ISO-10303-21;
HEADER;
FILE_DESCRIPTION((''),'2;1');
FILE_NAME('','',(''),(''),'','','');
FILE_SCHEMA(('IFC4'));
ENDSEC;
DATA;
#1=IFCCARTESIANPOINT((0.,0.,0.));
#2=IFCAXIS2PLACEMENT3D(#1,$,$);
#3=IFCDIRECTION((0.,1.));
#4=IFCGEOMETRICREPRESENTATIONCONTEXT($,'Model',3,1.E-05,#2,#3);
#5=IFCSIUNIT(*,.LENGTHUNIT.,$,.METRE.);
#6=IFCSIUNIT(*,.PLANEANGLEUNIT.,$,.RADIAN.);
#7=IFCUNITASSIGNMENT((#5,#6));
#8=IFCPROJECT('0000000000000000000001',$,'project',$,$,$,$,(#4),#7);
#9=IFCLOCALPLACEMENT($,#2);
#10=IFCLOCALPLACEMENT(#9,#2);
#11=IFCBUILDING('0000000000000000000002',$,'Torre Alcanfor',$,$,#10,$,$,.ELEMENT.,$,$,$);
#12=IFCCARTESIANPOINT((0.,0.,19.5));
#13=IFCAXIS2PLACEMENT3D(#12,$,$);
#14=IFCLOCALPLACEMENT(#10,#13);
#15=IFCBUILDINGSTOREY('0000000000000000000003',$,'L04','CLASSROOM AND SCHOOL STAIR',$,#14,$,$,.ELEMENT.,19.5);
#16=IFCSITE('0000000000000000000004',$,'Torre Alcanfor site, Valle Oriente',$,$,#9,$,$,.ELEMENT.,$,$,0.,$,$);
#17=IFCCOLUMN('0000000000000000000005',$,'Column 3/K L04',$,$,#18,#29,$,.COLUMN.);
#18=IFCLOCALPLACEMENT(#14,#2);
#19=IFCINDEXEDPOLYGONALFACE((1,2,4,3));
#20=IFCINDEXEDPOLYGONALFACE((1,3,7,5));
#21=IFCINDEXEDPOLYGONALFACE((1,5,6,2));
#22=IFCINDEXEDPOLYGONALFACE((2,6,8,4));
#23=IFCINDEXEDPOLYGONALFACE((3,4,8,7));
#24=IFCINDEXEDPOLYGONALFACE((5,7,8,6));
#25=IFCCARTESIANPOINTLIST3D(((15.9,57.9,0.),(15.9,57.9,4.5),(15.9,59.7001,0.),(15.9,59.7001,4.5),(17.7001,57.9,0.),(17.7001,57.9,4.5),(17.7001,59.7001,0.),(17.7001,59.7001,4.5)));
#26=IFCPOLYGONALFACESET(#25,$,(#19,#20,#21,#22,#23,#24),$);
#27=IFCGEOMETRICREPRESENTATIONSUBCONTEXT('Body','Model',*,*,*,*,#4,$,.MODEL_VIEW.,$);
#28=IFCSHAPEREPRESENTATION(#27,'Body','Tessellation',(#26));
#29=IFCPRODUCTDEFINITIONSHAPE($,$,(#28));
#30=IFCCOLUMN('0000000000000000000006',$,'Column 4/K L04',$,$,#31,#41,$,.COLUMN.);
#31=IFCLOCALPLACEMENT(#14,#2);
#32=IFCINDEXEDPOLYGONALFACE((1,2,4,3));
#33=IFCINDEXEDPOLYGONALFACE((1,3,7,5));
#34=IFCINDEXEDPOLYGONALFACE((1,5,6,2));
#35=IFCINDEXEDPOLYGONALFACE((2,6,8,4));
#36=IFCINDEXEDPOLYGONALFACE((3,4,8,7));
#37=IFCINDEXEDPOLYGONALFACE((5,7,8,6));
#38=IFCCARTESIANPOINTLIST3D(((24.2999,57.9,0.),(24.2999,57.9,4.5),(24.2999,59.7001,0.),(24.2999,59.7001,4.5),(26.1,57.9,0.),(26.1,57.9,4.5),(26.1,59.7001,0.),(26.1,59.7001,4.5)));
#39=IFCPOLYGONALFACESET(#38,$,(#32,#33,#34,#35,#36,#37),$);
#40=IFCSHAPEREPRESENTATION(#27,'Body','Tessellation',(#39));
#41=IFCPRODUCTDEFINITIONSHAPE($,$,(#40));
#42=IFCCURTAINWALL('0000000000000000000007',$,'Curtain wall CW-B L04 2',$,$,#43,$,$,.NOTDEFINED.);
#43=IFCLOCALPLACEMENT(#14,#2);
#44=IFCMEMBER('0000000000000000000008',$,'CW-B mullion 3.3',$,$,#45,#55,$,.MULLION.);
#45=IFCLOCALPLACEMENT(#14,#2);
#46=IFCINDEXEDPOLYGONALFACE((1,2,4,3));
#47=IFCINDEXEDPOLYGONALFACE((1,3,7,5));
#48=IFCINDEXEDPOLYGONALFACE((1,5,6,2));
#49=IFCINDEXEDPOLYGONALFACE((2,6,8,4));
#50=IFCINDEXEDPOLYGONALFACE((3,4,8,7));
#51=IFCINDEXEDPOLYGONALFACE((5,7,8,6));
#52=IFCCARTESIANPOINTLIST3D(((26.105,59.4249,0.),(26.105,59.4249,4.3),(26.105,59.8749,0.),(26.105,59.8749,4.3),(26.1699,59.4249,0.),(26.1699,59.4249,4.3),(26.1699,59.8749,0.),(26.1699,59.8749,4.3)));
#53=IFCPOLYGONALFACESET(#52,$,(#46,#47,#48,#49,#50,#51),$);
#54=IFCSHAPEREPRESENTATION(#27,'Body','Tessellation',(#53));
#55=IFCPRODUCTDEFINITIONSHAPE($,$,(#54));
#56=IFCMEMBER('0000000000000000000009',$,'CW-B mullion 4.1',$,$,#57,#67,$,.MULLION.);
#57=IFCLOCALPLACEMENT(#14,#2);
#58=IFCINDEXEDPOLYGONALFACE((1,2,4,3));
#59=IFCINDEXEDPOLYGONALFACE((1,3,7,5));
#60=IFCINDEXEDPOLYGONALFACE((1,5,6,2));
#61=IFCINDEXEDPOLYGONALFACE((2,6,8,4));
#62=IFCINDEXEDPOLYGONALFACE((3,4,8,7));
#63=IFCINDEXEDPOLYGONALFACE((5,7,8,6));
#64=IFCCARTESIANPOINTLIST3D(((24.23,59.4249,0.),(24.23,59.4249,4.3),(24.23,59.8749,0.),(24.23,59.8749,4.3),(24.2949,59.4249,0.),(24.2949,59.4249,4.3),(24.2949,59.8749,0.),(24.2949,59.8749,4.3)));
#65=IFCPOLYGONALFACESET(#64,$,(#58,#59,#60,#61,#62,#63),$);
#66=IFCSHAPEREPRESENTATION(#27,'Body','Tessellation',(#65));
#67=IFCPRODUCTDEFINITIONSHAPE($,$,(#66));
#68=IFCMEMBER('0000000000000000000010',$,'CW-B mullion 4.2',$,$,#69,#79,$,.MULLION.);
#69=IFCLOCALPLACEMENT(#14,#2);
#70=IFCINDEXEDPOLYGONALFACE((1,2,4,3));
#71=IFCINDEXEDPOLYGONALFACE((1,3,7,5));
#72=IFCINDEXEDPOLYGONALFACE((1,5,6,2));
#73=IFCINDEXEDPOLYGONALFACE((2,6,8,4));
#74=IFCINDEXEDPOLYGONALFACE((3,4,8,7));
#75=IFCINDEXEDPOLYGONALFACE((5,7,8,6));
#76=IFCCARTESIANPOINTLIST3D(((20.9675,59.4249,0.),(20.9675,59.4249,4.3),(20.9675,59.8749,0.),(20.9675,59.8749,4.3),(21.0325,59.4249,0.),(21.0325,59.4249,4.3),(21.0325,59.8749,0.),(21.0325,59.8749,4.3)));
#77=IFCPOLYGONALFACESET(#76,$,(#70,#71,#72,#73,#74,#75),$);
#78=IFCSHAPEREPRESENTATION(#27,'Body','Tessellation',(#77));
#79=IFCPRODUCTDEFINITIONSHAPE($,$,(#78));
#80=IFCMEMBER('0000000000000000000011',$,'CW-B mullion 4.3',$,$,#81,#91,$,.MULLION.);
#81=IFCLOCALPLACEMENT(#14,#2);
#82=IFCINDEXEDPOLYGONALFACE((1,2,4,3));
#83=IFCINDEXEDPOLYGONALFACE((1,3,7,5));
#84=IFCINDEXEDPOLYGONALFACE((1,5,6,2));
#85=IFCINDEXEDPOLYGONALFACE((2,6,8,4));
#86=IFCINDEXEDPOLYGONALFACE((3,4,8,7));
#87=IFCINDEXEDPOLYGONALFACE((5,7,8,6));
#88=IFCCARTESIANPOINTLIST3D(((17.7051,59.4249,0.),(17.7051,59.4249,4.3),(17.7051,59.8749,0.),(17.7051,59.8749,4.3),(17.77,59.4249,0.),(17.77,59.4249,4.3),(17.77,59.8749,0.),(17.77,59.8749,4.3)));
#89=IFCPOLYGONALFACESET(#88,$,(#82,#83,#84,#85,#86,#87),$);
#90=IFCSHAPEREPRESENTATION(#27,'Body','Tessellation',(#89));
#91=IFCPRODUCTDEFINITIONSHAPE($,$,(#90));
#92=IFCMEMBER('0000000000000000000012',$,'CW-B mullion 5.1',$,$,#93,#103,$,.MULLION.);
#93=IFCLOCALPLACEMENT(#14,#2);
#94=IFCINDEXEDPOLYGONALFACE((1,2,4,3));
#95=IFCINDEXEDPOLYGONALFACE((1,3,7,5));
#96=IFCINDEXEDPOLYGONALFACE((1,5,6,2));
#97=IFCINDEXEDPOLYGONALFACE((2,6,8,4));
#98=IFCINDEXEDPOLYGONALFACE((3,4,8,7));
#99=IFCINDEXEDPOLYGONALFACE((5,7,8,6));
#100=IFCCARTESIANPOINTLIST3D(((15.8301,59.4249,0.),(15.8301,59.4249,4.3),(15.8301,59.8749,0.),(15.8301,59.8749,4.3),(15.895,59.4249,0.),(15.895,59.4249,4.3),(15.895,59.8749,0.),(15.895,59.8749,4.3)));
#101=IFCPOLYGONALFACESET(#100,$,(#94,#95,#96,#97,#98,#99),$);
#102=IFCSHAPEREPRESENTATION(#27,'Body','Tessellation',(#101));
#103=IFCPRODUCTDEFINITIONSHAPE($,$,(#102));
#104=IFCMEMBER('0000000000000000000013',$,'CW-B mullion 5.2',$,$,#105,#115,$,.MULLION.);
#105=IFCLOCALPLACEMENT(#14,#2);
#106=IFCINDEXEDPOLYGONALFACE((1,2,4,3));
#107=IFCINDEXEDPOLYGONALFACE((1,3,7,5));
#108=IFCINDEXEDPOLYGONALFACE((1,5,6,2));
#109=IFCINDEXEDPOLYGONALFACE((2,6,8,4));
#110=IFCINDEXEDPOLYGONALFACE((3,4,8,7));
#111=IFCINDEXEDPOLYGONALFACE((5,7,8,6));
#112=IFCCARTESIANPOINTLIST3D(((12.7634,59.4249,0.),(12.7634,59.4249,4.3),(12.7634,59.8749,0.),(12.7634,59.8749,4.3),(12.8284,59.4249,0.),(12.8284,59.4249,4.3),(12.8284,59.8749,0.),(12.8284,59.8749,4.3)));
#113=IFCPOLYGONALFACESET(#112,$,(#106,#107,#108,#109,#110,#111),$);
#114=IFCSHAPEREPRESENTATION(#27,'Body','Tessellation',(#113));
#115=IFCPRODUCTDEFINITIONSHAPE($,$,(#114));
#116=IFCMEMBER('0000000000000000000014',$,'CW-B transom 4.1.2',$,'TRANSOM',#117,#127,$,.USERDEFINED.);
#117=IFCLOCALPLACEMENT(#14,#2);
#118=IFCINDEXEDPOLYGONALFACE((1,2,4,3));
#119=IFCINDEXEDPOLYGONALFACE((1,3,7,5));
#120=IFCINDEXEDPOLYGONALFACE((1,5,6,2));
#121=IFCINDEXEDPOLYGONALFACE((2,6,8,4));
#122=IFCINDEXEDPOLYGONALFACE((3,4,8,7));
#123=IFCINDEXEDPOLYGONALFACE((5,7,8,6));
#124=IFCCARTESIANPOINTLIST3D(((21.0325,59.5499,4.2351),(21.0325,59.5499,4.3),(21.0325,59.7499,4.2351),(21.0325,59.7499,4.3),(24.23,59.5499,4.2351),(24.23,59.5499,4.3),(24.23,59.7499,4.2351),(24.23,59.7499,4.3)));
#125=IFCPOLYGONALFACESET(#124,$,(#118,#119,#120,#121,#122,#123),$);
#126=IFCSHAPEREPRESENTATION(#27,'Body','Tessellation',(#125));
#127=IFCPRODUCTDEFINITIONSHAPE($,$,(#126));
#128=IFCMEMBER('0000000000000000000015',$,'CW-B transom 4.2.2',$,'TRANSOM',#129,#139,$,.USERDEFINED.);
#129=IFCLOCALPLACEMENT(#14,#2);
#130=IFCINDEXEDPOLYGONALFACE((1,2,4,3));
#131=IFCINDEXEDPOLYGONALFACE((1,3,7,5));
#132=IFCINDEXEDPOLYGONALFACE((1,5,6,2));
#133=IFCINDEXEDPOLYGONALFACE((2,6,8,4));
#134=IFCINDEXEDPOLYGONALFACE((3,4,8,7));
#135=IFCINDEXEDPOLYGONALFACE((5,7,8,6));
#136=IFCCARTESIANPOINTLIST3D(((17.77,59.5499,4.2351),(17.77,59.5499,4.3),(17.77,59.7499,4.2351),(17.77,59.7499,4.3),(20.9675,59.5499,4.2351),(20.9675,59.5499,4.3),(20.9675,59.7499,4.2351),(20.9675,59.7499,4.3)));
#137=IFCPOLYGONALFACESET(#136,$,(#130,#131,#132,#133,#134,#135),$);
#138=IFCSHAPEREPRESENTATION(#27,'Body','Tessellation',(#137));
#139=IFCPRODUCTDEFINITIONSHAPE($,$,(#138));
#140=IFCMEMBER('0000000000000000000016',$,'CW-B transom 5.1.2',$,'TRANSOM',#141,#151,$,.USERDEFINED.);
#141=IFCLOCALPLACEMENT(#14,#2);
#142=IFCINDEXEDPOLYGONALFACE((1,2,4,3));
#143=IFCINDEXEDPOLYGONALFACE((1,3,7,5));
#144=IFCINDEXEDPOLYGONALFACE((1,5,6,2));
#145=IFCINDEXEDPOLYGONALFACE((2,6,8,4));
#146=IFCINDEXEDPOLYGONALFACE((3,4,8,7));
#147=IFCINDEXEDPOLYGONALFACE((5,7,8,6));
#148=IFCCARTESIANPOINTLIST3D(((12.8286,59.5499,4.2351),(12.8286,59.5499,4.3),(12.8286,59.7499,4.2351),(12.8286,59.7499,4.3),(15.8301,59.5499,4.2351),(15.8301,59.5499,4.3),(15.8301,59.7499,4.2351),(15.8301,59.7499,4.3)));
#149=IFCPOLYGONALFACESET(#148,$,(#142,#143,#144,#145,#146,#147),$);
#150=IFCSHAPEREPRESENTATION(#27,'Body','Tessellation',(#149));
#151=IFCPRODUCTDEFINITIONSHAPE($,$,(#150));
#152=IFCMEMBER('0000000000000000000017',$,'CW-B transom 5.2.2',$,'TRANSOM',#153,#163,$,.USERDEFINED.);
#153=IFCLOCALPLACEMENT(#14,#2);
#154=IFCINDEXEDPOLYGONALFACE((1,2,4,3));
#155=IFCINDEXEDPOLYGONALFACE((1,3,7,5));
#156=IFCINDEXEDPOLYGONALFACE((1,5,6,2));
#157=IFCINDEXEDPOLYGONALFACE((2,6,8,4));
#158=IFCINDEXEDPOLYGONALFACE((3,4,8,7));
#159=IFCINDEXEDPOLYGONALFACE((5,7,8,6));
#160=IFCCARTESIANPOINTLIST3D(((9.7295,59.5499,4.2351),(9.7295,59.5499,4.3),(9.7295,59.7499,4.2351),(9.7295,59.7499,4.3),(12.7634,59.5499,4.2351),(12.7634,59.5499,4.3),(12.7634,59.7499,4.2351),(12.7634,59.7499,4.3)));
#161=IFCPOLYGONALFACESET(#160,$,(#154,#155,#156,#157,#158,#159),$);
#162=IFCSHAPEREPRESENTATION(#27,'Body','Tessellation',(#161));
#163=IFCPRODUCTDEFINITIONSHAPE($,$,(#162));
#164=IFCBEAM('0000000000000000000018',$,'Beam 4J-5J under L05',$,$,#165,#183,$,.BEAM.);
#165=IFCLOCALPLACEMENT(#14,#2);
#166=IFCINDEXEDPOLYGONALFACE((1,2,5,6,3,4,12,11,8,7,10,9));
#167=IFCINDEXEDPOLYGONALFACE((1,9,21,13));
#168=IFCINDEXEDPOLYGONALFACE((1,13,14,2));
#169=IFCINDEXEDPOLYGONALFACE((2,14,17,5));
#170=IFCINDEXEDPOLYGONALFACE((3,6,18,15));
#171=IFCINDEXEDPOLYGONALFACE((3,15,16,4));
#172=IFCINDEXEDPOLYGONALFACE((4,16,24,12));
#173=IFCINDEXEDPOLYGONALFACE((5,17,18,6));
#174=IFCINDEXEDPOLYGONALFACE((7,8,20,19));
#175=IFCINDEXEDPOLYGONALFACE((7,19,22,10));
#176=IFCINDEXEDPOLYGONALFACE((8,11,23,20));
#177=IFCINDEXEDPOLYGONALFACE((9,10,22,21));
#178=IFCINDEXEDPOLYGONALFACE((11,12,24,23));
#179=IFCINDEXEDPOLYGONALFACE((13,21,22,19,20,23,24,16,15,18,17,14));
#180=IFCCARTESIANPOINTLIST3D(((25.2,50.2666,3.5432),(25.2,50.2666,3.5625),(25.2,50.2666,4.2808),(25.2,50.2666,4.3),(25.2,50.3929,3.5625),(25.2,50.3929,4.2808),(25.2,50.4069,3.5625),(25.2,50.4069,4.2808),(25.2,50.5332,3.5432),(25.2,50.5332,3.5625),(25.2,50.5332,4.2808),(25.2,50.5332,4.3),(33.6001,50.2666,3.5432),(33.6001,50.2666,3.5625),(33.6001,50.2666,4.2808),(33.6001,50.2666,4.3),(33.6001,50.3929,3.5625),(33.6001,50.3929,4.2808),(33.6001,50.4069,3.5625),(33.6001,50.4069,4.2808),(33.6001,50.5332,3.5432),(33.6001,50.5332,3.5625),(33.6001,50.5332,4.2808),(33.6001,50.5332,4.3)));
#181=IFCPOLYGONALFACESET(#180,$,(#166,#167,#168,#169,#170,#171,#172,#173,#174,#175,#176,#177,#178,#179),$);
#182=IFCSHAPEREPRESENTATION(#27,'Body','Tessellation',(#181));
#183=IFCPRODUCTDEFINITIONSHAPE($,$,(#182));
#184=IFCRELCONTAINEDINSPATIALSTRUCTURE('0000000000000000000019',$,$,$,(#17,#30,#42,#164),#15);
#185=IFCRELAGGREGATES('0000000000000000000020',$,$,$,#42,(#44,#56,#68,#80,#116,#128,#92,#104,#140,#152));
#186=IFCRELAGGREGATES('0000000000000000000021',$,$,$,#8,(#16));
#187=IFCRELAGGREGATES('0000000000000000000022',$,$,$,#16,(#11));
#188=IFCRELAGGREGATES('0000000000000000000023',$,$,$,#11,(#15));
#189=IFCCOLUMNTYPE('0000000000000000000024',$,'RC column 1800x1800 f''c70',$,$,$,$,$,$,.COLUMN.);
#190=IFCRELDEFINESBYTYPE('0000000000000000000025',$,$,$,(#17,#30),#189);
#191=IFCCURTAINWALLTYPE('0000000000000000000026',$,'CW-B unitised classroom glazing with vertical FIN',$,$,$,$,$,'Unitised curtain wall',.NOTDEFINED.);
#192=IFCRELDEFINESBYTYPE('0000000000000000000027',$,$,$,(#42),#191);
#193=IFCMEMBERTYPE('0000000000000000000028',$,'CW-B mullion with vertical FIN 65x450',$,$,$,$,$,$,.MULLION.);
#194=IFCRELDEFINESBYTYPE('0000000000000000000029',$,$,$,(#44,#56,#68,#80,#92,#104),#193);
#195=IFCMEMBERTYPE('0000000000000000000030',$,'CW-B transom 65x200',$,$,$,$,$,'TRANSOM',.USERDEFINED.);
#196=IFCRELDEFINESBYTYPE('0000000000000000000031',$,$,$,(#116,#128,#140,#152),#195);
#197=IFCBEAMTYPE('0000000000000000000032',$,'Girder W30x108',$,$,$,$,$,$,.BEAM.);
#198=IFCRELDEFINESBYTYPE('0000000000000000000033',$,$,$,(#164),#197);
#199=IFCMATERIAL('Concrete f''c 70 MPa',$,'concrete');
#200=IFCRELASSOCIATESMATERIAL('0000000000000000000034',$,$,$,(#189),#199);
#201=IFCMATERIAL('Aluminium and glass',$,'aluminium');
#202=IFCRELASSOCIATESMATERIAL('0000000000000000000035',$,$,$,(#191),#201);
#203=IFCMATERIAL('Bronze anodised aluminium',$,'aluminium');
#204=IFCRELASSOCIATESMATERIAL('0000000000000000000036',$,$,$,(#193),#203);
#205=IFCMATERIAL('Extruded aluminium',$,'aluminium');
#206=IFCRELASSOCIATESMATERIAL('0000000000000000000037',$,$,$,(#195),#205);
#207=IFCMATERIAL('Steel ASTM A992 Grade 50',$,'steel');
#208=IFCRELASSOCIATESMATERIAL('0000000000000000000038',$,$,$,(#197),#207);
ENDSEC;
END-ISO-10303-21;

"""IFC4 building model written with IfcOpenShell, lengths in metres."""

from ifc_helpers import new_model, si_unit, direction, frame, origin, origin_2d, place, context, subcontext, project, spatial, rectangle, i_section, extrude, material, material_profile, profile_set, type_object, element, aggregate, save


model = new_model("IFC4")

# Units and contexts
model_context = context("Model", 3, precision=1e-05, world=origin(), true_north=direction((0.0, 1.0)))
body_context = subcontext(model_context, "Body", "Model", "MODEL_VIEW")
ifc_project = project(units=[si_unit("LENGTHUNIT", "METRE"), si_unit("PLANEANGLEUNIT", "RADIAN")], contexts=[model_context])

# Site, building, storey
site_placement = place(None, origin())
site = spatial("IfcSite", under=ifc_project, at=site_placement, Name="Torre Alcanfor site, Valle Oriente", CompositionType="ELEMENT", RefElevation=0.0)
building_placement = place(site_placement, origin())
building = spatial("IfcBuilding", under=site, at=building_placement, Name="Torre Alcanfor", CompositionType="ELEMENT")
storey_placement = place(building_placement, frame((0.0, 0.0, 19.5)))
storey = spatial("IfcBuildingStorey", under=building, at=storey_placement, Name="L04", Description="CLASSROOM AND SCHOOL STAIR", CompositionType="ELEMENT", Elevation=19.5)

# Columns
ifc_material_1 = material(Name="Concrete f'c 70 MPa", Category="concrete")
ifc_material_profile_1 = material_profile(ifc_material_1, rectangle(XDim=1.8, YDim=1.8, at=origin_2d()), Name="1800x1800")
ifc_profile_set_1 = profile_set([ifc_material_profile_1], Name="Concrete f'c 70 MPa")
column_type = type_object("IfcColumnType", Name="RC column 1800x1800 f'c70", PredefinedType="COLUMN", material=ifc_profile_set_1)
for number, where, z_axis, x_axis, name in (
    (1, (16.8, 58.8, 0.0), (0.0, 0.0, 1.0), (1.0, 0.0, 0.0), "Column 3/K L04"),
    (2, (25.2, 58.8, 0.0), (0.0, 0.0, 1.0), (1.0, 0.0, 0.0), "Column 4/K L04"),
):
    element("IfcColumn", number, at=place(storey_placement, frame(where, z_axis=z_axis, x_axis=x_axis)), inside=storey, type_object=column_type, Name=name, PredefinedType="COLUMN", context=body_context, shape_type="SweptSolid", body=[
        extrude(rectangle(XDim=1.8, YDim=1.8, at=origin_2d()), origin(), (0.0, 0.0, 1.0), 4.5),
    ])

# Curtain wall, members
ifc_material_2 = material(Name="Aluminium and glass", Category="aluminium")
curtain_wall_type = type_object("IfcCurtainWallType", Name="CW-B unitised classroom glazing with vertical FIN", ElementType="Unitised curtain wall", PredefinedType="NOTDEFINED", material=ifc_material_2)
curtain_wall_placement = place(storey_placement, origin())
curtain_wall = element("IfcCurtainWall", 3, at=curtain_wall_placement, inside=storey, type_object=curtain_wall_type, Name="Curtain wall CW-B L04 2", PredefinedType="NOTDEFINED")
ifc_material_3 = material(Name="Bronze anodised aluminium", Category="aluminium")
ifc_material_profile_2 = material_profile(ifc_material_3, rectangle(XDim=0.45, YDim=0.0649, at=origin_2d()), Name="CW-B mullion 65x450")
ifc_profile_set_2 = profile_set([ifc_material_profile_2], Name="Bronze anodised aluminium")
member_type_1 = type_object("IfcMemberType", Name="CW-B mullion with vertical FIN 65x450", PredefinedType="MULLION", material=ifc_profile_set_2)
member_1_placement = place(storey_placement, frame((26.1375, 59.6499, 0.0), z_axis=(0.0, 0.0, 1.0), x_axis=(0.0, -1.0, 0.0)))
member_1 = element("IfcMember", 4, at=member_1_placement, type_object=member_type_1, Name="CW-B mullion 3.3", PredefinedType="MULLION", context=body_context, shape_type="SweptSolid", body=[
    extrude(rectangle(XDim=0.45, YDim=0.0649, at=origin_2d()), origin(), (0.0, 0.0, 1.0), 4.3),
])
member_2_placement = place(storey_placement, frame((24.2625, 59.6499, 0.0), z_axis=(0.0, 0.0, 1.0), x_axis=(0.0, -1.0, 0.0)))
member_2 = element("IfcMember", 5, at=member_2_placement, type_object=member_type_1, Name="CW-B mullion 4.1", PredefinedType="MULLION", context=body_context, shape_type="SweptSolid", body=[
    extrude(rectangle(XDim=0.45, YDim=0.0649, at=origin_2d()), origin(), (0.0, 0.0, 1.0), 4.3),
])
member_3_placement = place(storey_placement, frame((21.0, 59.6499, 0.0), z_axis=(0.0, 0.0, 1.0), x_axis=(0.0, -1.0, 0.0)))
member_3 = element("IfcMember", 6, at=member_3_placement, type_object=member_type_1, Name="CW-B mullion 4.2", PredefinedType="MULLION", context=body_context, shape_type="SweptSolid", body=[
    extrude(rectangle(XDim=0.45, YDim=0.0649, at=origin_2d()), origin(), (0.0, 0.0, 1.0), 4.3),
])
member_4_placement = place(storey_placement, frame((17.7375, 59.6499, 0.0), z_axis=(0.0, 0.0, 1.0), x_axis=(0.0, -1.0, 0.0)))
member_4 = element("IfcMember", 7, at=member_4_placement, type_object=member_type_1, Name="CW-B mullion 4.3", PredefinedType="MULLION", context=body_context, shape_type="SweptSolid", body=[
    extrude(rectangle(XDim=0.45, YDim=0.0649, at=origin_2d()), origin(), (0.0, 0.0, 1.0), 4.3),
])
member_5_placement = place(storey_placement, frame((15.8625, 59.6499, 0.0), z_axis=(0.0, 0.0, 1.0), x_axis=(0.0, -1.0, 0.0)))
member_5 = element("IfcMember", 8, at=member_5_placement, type_object=member_type_1, Name="CW-B mullion 5.1", PredefinedType="MULLION", context=body_context, shape_type="SweptSolid", body=[
    extrude(rectangle(XDim=0.45, YDim=0.0649, at=origin_2d()), origin(), (0.0, 0.0, 1.0), 4.3),
])
member_6_placement = place(storey_placement, frame((12.7959, 59.6499, 0.0), z_axis=(0.0, 0.0, 1.0), x_axis=(0.0, -1.0, 0.0)))
member_6 = element("IfcMember", 9, at=member_6_placement, type_object=member_type_1, Name="CW-B mullion 5.2", PredefinedType="MULLION", context=body_context, shape_type="SweptSolid", body=[
    extrude(rectangle(XDim=0.45, YDim=0.0649, at=origin_2d()), origin(), (0.0, 0.0, 1.0), 4.3),
])
ifc_material_4 = material(Name="Extruded aluminium", Category="aluminium")
ifc_material_profile_3 = material_profile(ifc_material_4, rectangle(XDim=0.2, YDim=0.0649, at=origin_2d()), Name="CW-B transom 200x65")
ifc_profile_set_3 = profile_set([ifc_material_profile_3], Name="Extruded aluminium")
member_type_2 = type_object("IfcMemberType", Name="CW-B transom 65x200", ElementType="TRANSOM", PredefinedType="USERDEFINED", material=ifc_profile_set_3)
member_7_placement = place(storey_placement, frame((24.23, 59.6499, 4.2676), z_axis=(-1.0, 0.0, 0.0), x_axis=(0.0, -1.0, 0.0)))
member_7 = element("IfcMember", 10, at=member_7_placement, type_object=member_type_2, Name="CW-B transom 4.1.2", ObjectType="TRANSOM", PredefinedType="USERDEFINED", context=body_context, shape_type="SweptSolid", body=[
    extrude(rectangle(XDim=0.2, YDim=0.0649, at=origin_2d()), origin(), (0.0, 0.0, 1.0), 3.1975),
])
member_8_placement = place(storey_placement, frame((20.9675, 59.6499, 4.2676), z_axis=(-1.0, 0.0, 0.0), x_axis=(0.0, -1.0, 0.0)))
member_8 = element("IfcMember", 11, at=member_8_placement, type_object=member_type_2, Name="CW-B transom 4.2.2", ObjectType="TRANSOM", PredefinedType="USERDEFINED", context=body_context, shape_type="SweptSolid", body=[
    extrude(rectangle(XDim=0.2, YDim=0.0649, at=origin_2d()), origin(), (0.0, 0.0, 1.0), 3.1975),
])
member_9_placement = place(storey_placement, frame((15.8301, 59.6499, 4.2676), z_axis=(-1.0, 0.0, 0.0), x_axis=(0.0, -1.0, 0.0)))
member_9 = element("IfcMember", 12, at=member_9_placement, type_object=member_type_2, Name="CW-B transom 5.1.2", ObjectType="TRANSOM", PredefinedType="USERDEFINED", context=body_context, shape_type="SweptSolid", body=[
    extrude(rectangle(XDim=0.2, YDim=0.0649, at=origin_2d()), origin(), (0.0, 0.0, 1.0), 3.0015),
])
member_10_placement = place(storey_placement, frame((12.7634, 59.6499, 4.2676), z_axis=(-1.0, 0.0, 0.0), x_axis=(0.0, -1.0, 0.0)))
member_10 = element("IfcMember", 13, at=member_10_placement, type_object=member_type_2, Name="CW-B transom 5.2.2", ObjectType="TRANSOM", PredefinedType="USERDEFINED", context=body_context, shape_type="SweptSolid", body=[
    extrude(rectangle(XDim=0.2, YDim=0.0649, at=origin_2d()), origin(), (0.0, 0.0, 1.0), 3.0339),
])

# Beam
ifc_material_5 = material(Name="Steel ASTM A992 Grade 50", Category="steel")
ifc_material_profile_4 = material_profile(ifc_material_5, i_section(OverallWidth=0.2666, OverallDepth=0.7568, WebThickness=0.0139, FlangeThickness=0.0193, at=origin_2d()), Name="W30x108")
ifc_profile_set_4 = profile_set([ifc_material_profile_4], Name="Steel ASTM A992 Grade 50")
beam_type_1 = type_object("IfcBeamType", Name="Girder W30x108", PredefinedType="BEAM", material=ifc_profile_set_4)
for number, where, z_axis, x_axis, name in (
    (14, (25.2, 50.3999, 3.9216), (1.0, 0.0, 0.0), (0.0, 1.0, 0.0), "Beam 4J-5J under L05"),
):
    element("IfcBeam", number, at=place(storey_placement, frame(where, z_axis=z_axis, x_axis=x_axis)), inside=storey, type_object=beam_type_1, Name=name, PredefinedType="BEAM", context=body_context, shape_type="SweptSolid", body=[
        extrude(i_section(OverallWidth=0.2666, OverallDepth=0.7568, WebThickness=0.0139, FlangeThickness=0.0193, at=origin_2d()), origin(), (0.0, 0.0, 1.0), 8.4001),
    ])

aggregate(curtain_wall, [member_1, member_2, member_3, member_4, member_7, member_8, member_5, member_6, member_9, member_10])

save(model, "model.ifc")
